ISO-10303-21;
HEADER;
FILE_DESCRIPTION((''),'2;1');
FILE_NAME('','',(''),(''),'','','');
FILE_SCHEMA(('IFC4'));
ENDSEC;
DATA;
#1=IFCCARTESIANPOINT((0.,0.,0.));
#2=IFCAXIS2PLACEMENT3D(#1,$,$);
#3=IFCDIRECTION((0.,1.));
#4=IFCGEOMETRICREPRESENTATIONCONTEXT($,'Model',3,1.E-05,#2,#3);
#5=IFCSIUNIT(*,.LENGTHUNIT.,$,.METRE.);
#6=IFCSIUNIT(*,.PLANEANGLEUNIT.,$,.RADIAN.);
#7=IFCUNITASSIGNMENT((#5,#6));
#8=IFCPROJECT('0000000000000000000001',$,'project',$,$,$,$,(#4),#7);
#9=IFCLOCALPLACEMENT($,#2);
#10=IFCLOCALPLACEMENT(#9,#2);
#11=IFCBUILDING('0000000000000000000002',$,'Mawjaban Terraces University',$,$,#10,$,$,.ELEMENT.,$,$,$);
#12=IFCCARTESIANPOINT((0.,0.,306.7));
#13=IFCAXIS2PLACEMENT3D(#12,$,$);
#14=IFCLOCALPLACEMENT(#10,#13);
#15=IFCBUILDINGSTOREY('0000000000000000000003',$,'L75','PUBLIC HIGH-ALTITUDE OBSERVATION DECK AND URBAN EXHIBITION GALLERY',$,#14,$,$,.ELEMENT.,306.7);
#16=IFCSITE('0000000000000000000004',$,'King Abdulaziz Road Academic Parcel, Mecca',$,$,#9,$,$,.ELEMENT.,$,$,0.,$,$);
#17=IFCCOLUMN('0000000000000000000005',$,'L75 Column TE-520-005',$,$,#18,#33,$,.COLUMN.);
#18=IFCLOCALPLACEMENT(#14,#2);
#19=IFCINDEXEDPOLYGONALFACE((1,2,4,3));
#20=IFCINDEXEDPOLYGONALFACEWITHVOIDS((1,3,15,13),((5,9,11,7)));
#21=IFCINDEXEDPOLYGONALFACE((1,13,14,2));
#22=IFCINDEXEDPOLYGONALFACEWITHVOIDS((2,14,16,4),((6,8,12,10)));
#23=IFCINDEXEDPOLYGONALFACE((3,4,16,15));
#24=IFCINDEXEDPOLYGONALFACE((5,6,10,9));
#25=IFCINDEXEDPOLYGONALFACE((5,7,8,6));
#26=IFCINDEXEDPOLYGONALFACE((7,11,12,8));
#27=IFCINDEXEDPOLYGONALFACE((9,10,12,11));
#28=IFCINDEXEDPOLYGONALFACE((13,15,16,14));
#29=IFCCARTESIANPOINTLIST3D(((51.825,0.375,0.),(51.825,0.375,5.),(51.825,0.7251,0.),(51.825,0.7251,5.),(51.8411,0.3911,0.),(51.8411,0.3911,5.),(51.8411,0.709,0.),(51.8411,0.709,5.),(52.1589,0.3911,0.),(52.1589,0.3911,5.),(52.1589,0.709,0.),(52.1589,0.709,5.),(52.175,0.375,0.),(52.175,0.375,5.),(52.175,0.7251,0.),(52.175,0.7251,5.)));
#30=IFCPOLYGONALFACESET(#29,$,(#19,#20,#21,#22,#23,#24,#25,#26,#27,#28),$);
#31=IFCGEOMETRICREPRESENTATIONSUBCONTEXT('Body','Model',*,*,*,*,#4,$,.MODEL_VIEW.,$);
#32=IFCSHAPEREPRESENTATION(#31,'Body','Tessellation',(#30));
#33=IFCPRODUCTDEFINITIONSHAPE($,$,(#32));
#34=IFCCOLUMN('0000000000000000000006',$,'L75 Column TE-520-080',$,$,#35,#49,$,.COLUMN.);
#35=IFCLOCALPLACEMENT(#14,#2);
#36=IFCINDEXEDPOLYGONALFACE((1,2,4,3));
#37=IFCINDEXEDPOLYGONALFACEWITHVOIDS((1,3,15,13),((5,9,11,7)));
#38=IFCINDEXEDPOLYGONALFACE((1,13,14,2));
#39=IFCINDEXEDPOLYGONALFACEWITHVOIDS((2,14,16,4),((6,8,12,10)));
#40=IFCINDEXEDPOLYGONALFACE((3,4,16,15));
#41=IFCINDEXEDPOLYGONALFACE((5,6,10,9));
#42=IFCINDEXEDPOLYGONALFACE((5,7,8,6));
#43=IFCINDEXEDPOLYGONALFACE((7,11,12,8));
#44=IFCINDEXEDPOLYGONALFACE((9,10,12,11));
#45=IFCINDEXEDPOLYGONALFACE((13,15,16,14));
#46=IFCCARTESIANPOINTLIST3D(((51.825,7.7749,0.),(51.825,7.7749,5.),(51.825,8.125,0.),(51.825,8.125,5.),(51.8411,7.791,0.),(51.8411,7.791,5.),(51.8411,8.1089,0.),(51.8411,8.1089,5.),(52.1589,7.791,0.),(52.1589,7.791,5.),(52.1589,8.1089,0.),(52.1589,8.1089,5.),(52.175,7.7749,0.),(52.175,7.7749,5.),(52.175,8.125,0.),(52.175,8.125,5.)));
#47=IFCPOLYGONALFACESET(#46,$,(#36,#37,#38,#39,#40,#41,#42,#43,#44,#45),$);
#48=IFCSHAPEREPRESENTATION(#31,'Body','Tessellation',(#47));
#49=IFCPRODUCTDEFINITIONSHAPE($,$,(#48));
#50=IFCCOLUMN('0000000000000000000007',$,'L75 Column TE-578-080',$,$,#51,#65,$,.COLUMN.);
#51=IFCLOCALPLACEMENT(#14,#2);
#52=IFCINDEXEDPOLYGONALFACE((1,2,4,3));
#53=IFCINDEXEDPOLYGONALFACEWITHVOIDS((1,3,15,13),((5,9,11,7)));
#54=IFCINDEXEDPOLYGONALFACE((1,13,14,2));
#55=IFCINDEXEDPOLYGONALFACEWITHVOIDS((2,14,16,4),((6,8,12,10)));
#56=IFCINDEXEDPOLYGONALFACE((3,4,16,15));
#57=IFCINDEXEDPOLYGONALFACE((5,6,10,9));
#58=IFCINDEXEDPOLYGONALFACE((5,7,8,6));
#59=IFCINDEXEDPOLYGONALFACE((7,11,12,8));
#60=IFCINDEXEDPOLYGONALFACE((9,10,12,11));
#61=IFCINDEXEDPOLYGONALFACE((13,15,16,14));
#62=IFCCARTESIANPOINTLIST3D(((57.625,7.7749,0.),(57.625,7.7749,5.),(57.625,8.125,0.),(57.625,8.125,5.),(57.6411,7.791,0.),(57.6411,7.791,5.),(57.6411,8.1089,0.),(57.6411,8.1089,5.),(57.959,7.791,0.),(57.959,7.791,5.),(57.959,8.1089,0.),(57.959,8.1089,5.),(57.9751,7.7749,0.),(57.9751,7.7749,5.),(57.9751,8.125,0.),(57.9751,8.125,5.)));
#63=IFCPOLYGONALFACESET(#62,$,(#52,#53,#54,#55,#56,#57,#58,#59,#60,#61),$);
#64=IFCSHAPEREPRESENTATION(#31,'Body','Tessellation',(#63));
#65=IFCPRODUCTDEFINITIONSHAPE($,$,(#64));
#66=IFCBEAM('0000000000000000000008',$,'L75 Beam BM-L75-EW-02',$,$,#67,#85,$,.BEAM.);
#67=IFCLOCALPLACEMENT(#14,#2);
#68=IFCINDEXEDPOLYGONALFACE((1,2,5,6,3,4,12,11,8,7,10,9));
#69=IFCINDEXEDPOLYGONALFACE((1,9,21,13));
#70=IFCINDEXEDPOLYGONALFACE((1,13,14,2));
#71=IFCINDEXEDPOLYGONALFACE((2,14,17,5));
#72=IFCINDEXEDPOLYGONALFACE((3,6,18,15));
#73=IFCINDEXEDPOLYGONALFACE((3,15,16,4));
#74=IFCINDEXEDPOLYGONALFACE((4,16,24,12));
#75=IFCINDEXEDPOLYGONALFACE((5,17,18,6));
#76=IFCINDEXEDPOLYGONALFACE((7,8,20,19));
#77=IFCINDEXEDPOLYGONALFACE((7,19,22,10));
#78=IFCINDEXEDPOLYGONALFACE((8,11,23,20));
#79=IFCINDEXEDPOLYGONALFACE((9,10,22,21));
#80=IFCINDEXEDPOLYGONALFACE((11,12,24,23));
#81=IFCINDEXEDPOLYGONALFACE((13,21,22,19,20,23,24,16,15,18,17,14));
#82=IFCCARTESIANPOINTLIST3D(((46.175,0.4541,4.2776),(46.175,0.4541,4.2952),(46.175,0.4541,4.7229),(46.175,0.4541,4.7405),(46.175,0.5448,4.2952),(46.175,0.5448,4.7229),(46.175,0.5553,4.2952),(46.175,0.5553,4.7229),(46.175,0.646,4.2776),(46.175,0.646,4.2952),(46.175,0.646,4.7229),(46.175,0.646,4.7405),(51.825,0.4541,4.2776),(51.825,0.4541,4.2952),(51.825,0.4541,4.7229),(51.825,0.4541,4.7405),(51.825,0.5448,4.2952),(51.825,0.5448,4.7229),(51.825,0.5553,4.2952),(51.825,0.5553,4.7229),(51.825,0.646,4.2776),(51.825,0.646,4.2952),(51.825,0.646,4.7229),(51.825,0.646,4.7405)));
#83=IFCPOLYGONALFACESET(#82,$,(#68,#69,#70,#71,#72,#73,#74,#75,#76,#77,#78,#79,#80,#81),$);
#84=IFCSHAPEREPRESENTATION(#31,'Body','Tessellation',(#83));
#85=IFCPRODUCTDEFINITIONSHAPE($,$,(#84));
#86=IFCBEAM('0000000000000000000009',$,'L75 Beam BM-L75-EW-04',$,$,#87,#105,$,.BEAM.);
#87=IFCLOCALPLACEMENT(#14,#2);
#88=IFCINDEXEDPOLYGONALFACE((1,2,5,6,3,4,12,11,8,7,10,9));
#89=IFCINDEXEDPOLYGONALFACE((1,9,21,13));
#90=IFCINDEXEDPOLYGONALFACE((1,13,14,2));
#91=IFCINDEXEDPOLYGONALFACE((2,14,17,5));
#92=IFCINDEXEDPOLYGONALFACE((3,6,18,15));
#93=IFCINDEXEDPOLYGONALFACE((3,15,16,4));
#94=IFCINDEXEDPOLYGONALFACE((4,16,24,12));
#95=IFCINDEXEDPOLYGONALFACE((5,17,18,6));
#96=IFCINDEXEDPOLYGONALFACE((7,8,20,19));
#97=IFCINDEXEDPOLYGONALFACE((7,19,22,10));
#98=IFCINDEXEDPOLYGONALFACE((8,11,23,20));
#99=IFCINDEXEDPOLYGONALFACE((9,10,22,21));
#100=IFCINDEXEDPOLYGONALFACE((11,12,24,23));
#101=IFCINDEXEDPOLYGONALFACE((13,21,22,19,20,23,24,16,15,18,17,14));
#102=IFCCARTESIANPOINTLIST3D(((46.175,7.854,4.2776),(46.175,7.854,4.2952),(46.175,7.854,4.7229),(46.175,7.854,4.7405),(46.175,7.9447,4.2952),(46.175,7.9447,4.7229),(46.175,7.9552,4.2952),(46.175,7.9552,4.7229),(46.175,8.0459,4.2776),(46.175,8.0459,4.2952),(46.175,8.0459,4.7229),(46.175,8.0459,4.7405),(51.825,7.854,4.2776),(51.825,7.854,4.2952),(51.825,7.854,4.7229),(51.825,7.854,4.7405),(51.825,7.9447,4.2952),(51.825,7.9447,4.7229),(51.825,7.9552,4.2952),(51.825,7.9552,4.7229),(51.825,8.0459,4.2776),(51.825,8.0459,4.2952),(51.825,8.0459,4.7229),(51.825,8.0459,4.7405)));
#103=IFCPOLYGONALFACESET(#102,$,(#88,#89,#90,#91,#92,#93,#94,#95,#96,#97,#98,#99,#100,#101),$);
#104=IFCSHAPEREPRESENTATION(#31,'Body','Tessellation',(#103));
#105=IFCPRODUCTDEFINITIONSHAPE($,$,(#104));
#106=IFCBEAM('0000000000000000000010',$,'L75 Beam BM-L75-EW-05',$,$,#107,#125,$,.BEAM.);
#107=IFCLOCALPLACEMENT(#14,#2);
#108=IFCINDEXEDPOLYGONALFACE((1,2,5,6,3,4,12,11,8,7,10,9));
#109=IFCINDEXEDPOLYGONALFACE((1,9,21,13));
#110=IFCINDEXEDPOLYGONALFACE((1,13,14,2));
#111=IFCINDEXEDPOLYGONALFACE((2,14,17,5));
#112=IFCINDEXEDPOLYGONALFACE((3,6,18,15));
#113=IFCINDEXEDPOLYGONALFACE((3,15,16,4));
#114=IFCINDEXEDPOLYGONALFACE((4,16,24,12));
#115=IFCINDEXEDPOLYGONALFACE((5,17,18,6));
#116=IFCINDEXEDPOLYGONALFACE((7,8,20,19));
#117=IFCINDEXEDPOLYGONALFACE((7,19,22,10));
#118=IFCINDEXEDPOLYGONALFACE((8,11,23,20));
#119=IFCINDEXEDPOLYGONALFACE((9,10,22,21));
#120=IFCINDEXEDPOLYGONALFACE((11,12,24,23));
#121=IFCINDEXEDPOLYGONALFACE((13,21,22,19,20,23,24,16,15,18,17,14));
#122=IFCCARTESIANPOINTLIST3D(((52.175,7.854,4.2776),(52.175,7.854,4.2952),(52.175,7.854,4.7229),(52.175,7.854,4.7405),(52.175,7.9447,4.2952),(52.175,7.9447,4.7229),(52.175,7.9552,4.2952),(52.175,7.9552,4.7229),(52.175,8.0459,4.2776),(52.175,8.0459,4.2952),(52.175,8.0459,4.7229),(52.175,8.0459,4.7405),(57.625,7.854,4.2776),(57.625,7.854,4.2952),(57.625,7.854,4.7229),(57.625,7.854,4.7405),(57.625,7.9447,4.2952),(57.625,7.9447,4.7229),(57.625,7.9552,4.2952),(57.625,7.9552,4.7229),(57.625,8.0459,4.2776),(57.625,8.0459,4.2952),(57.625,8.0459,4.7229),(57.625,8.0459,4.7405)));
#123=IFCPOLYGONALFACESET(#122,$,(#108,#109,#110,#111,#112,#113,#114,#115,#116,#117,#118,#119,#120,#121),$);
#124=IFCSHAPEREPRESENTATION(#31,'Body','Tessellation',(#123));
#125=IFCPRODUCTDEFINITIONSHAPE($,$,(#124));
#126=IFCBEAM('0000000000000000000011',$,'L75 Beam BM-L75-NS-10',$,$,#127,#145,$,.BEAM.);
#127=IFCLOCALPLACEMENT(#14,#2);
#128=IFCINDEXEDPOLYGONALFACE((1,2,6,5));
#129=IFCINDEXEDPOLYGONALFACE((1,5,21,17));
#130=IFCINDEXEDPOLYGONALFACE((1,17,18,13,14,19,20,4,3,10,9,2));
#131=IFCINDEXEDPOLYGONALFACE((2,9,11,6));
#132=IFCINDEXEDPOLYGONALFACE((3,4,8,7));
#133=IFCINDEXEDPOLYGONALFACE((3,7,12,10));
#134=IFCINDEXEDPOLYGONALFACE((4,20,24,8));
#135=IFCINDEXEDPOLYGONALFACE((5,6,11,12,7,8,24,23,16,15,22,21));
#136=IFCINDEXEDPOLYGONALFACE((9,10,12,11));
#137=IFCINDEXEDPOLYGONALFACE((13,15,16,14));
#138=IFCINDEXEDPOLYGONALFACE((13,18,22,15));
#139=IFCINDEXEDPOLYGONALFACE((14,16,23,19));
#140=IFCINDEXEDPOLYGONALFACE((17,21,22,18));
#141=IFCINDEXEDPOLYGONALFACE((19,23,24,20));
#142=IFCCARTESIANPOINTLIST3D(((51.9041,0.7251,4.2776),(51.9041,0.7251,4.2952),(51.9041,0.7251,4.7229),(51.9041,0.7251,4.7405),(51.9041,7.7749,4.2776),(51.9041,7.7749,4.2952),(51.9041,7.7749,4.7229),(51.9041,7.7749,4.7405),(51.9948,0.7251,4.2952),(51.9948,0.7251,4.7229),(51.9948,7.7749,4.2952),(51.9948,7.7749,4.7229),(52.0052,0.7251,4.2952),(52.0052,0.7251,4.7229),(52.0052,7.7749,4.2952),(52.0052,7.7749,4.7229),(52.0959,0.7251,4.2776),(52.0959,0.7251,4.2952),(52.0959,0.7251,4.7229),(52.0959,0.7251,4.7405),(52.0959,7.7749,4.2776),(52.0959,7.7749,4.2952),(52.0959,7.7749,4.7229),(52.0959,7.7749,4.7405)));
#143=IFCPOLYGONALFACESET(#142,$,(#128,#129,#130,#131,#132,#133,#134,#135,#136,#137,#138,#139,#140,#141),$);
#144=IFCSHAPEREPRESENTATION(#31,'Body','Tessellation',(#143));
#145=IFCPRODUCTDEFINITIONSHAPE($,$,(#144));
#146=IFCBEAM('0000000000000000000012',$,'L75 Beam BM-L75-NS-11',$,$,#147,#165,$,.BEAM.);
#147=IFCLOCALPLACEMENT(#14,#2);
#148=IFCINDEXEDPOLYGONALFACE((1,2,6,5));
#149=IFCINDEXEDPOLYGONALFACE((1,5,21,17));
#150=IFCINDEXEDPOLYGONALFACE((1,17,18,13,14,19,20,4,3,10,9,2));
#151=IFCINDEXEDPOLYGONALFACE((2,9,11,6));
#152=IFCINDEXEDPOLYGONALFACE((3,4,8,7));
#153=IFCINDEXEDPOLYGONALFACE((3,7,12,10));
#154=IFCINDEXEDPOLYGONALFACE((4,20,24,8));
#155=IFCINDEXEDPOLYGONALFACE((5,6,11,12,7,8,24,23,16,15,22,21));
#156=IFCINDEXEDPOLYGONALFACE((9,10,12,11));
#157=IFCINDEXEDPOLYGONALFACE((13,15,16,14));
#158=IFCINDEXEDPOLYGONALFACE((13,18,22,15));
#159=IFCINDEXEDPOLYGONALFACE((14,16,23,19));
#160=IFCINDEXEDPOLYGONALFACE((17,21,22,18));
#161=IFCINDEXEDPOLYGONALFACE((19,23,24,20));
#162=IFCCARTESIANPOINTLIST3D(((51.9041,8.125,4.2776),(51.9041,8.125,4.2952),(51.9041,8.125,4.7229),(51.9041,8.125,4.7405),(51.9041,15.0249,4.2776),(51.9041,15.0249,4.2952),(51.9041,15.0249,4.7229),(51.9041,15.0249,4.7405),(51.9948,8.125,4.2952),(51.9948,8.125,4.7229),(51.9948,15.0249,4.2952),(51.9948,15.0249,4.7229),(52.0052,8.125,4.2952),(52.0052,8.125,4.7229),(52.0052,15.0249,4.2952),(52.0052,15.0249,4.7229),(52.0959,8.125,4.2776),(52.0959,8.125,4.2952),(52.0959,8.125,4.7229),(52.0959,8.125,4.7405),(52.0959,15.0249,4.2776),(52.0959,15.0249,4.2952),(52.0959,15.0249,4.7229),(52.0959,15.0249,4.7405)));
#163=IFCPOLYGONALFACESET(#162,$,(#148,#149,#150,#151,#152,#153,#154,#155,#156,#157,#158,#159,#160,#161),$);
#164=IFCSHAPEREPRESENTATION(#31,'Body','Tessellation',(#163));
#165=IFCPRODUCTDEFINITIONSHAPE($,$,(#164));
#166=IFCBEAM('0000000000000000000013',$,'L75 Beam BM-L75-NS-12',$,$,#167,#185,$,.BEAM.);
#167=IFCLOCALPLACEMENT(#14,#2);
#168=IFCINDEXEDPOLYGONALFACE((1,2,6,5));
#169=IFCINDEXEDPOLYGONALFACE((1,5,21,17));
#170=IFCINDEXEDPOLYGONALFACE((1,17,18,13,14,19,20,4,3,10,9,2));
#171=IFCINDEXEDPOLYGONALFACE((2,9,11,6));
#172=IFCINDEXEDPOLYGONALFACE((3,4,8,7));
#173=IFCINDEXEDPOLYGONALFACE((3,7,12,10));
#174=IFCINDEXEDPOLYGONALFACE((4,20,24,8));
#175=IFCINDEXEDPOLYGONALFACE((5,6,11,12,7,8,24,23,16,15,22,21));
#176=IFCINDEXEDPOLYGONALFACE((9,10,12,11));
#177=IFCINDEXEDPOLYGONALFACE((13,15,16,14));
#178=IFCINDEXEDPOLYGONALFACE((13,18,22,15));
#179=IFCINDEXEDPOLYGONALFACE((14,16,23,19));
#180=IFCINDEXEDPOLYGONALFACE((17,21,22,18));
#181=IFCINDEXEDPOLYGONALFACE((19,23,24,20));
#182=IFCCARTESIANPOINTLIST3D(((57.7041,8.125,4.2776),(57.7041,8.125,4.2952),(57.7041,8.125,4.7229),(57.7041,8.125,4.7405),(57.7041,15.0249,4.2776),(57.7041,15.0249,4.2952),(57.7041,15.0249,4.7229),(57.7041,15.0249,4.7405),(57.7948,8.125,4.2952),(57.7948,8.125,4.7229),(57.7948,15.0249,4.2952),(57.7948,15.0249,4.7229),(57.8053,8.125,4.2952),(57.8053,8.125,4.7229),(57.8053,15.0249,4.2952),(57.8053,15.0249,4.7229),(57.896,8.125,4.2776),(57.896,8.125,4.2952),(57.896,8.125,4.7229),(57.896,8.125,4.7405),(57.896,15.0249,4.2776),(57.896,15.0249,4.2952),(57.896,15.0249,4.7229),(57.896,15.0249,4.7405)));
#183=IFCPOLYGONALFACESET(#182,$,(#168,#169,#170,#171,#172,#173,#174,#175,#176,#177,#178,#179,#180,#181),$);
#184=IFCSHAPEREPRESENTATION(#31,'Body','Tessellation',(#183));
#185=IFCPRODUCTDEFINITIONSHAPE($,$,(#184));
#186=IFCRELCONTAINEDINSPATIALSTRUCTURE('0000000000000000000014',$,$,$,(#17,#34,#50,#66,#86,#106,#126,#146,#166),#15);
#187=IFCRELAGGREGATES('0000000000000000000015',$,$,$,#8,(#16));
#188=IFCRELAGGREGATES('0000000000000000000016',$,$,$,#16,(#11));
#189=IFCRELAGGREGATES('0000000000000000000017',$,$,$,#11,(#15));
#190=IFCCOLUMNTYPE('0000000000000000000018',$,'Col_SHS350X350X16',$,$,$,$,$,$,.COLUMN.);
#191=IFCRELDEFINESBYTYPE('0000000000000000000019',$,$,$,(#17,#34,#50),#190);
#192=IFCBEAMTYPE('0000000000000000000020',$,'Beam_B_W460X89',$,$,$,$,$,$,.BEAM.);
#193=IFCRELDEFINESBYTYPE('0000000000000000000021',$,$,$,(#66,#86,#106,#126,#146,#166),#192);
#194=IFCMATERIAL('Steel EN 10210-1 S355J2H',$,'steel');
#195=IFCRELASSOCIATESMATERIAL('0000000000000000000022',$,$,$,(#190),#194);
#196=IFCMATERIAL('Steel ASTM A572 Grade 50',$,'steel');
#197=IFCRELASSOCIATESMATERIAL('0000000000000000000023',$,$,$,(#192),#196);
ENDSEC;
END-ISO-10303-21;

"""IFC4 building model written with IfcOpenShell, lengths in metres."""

from ifc_helpers import new_model, si_unit, direction, frame, origin, origin_2d, place, context, subcontext, project, spatial, hollow_rectangle, i_section, extrude, material, material_profile, profile_set, type_object, element, save


model = new_model("IFC4")

# Units and contexts
model_context = context("Model", 3, precision=1e-05, world=origin(), true_north=direction((0.0, 1.0)))
body_context = subcontext(model_context, "Body", "Model", "MODEL_VIEW")
ifc_project = project(units=[si_unit("LENGTHUNIT", "METRE"), si_unit("PLANEANGLEUNIT", "RADIAN")], contexts=[model_context])

# Site, building, storey
site_placement = place(None, origin())
site = spatial("IfcSite", under=ifc_project, at=site_placement, Name="King Abdulaziz Road Academic Parcel, Mecca", CompositionType="ELEMENT", RefElevation=0.0)
building_placement = place(site_placement, origin())
building = spatial("IfcBuilding", under=site, at=building_placement, Name="Mawjaban Terraces University", CompositionType="ELEMENT")
storey_placement = place(building_placement, frame((0.0, 0.0, 306.7)))
storey = spatial("IfcBuildingStorey", under=building, at=storey_placement, Name="L75", Description="PUBLIC HIGH-ALTITUDE OBSERVATION DECK AND URBAN EXHIBITION GALLERY", CompositionType="ELEMENT", Elevation=306.7)

# Columns
ifc_material_1 = material(Name="Steel EN 10210-1 S355J2H", Category="steel")
ifc_material_profile_1 = material_profile(ifc_material_1, hollow_rectangle(XDim=0.3501, YDim=0.3501, WallThickness=0.0161, at=origin_2d()), Name="SHS350X350X16")
ifc_profile_set_1 = profile_set([ifc_material_profile_1], Name="Steel EN 10210-1 S355J2H")
column_type = type_object("IfcColumnType", Name="Col_SHS350X350X16", PredefinedType="COLUMN", material=ifc_profile_set_1)
for number, where, z_axis, x_axis, name in (
    (1, (52.0, 0.55, 0.0), (0.0, 0.0, 1.0), (1.0, 0.0, 0.0), "L75 Column TE-520-005"),
    (2, (52.0, 7.95, 0.0), (0.0, 0.0, 1.0), (1.0, 0.0, 0.0), "L75 Column TE-520-080"),
    (3, (57.8, 7.95, 0.0), (0.0, 0.0, 1.0), (1.0, 0.0, 0.0), "L75 Column TE-578-080"),
):
    element("IfcColumn", number, at=place(storey_placement, frame(where, z_axis=z_axis, x_axis=x_axis)), inside=storey, type_object=column_type, Name=name, PredefinedType="COLUMN", context=body_context, shape_type="SweptSolid", body=[
        extrude(hollow_rectangle(XDim=0.3501, YDim=0.3501, WallThickness=0.0161, at=origin_2d()), origin(), (0.0, 0.0, 1.0), 5.0),
    ])

# Beams
ifc_material_2 = material(Name="Steel ASTM A572 Grade 50", Category="steel")
ifc_material_profile_2 = material_profile(ifc_material_2, i_section(OverallWidth=0.1919, OverallDepth=0.4629, WebThickness=0.0105, FlangeThickness=0.0176, at=origin_2d()), Name="W460X89")
ifc_profile_set_2 = profile_set([ifc_material_profile_2], Name="Steel ASTM A572 Grade 50")
beam_type_1 = type_object("IfcBeamType", Name="Beam_B_W460X89", PredefinedType="BEAM", material=ifc_profile_set_2)
for number, where, z_axis, x_axis, name in (
    (4, (46.175, 0.55, 4.509), (1.0, 0.0, 0.0), (0.0, 1.0, 0.0), "L75 Beam BM-L75-EW-02"),
    (5, (46.175, 7.95, 4.509), (1.0, 0.0, 0.0), (0.0, 1.0, 0.0), "L75 Beam BM-L75-EW-04"),
):
    element("IfcBeam", number, at=place(storey_placement, frame(where, z_axis=z_axis, x_axis=x_axis)), inside=storey, type_object=beam_type_1, Name=name, PredefinedType="BEAM", context=body_context, shape_type="SweptSolid", body=[
        extrude(i_section(OverallWidth=0.1919, OverallDepth=0.4629, WebThickness=0.0105, FlangeThickness=0.0176, at=origin_2d()), origin(), (0.0, 0.0, 1.0), 5.6499),
    ])
beam_1_placement = place(storey_placement, frame((52.175, 7.95, 4.509), z_axis=(1.0, 0.0, 0.0), x_axis=(0.0, 1.0, 0.0)))
element("IfcBeam", 6, at=beam_1_placement, inside=storey, type_object=beam_type_1, Name="L75 Beam BM-L75-EW-05", PredefinedType="BEAM", context=body_context, shape_type="SweptSolid", body=[
    extrude(i_section(OverallWidth=0.1919, OverallDepth=0.4629, WebThickness=0.0105, FlangeThickness=0.0176, at=origin_2d()), origin(), (0.0, 0.0, 1.0), 5.45),
])
beam_2_placement = place(storey_placement, frame((52.0, 0.7251, 4.509), z_axis=(0.0, 1.0, 0.0), x_axis=(-1.0, 0.0, 0.0)))
element("IfcBeam", 7, at=beam_2_placement, inside=storey, type_object=beam_type_1, Name="L75 Beam BM-L75-NS-10", PredefinedType="BEAM", context=body_context, shape_type="SweptSolid", body=[
    extrude(i_section(OverallWidth=0.1919, OverallDepth=0.4629, WebThickness=0.0105, FlangeThickness=0.0176, at=origin_2d()), origin(), (0.0, 0.0, 1.0), 7.0498),
])
for number, where, z_axis, x_axis, name in (
    (8, (52.0, 8.125, 4.509), (0.0, 1.0, 0.0), (-1.0, 0.0, 0.0), "L75 Beam BM-L75-NS-11"),
    (9, (57.8, 8.125, 4.509), (0.0, 1.0, 0.0), (-1.0, 0.0, 0.0), "L75 Beam BM-L75-NS-12"),
):
    element("IfcBeam", number, at=place(storey_placement, frame(where, z_axis=z_axis, x_axis=x_axis)), inside=storey, type_object=beam_type_1, Name=name, PredefinedType="BEAM", context=body_context, shape_type="SweptSolid", body=[
        extrude(i_section(OverallWidth=0.1919, OverallDepth=0.4629, WebThickness=0.0105, FlangeThickness=0.0176, at=origin_2d()), origin(), (0.0, 0.0, 1.0), 6.8999),
    ])

save(model, "model.ifc")
